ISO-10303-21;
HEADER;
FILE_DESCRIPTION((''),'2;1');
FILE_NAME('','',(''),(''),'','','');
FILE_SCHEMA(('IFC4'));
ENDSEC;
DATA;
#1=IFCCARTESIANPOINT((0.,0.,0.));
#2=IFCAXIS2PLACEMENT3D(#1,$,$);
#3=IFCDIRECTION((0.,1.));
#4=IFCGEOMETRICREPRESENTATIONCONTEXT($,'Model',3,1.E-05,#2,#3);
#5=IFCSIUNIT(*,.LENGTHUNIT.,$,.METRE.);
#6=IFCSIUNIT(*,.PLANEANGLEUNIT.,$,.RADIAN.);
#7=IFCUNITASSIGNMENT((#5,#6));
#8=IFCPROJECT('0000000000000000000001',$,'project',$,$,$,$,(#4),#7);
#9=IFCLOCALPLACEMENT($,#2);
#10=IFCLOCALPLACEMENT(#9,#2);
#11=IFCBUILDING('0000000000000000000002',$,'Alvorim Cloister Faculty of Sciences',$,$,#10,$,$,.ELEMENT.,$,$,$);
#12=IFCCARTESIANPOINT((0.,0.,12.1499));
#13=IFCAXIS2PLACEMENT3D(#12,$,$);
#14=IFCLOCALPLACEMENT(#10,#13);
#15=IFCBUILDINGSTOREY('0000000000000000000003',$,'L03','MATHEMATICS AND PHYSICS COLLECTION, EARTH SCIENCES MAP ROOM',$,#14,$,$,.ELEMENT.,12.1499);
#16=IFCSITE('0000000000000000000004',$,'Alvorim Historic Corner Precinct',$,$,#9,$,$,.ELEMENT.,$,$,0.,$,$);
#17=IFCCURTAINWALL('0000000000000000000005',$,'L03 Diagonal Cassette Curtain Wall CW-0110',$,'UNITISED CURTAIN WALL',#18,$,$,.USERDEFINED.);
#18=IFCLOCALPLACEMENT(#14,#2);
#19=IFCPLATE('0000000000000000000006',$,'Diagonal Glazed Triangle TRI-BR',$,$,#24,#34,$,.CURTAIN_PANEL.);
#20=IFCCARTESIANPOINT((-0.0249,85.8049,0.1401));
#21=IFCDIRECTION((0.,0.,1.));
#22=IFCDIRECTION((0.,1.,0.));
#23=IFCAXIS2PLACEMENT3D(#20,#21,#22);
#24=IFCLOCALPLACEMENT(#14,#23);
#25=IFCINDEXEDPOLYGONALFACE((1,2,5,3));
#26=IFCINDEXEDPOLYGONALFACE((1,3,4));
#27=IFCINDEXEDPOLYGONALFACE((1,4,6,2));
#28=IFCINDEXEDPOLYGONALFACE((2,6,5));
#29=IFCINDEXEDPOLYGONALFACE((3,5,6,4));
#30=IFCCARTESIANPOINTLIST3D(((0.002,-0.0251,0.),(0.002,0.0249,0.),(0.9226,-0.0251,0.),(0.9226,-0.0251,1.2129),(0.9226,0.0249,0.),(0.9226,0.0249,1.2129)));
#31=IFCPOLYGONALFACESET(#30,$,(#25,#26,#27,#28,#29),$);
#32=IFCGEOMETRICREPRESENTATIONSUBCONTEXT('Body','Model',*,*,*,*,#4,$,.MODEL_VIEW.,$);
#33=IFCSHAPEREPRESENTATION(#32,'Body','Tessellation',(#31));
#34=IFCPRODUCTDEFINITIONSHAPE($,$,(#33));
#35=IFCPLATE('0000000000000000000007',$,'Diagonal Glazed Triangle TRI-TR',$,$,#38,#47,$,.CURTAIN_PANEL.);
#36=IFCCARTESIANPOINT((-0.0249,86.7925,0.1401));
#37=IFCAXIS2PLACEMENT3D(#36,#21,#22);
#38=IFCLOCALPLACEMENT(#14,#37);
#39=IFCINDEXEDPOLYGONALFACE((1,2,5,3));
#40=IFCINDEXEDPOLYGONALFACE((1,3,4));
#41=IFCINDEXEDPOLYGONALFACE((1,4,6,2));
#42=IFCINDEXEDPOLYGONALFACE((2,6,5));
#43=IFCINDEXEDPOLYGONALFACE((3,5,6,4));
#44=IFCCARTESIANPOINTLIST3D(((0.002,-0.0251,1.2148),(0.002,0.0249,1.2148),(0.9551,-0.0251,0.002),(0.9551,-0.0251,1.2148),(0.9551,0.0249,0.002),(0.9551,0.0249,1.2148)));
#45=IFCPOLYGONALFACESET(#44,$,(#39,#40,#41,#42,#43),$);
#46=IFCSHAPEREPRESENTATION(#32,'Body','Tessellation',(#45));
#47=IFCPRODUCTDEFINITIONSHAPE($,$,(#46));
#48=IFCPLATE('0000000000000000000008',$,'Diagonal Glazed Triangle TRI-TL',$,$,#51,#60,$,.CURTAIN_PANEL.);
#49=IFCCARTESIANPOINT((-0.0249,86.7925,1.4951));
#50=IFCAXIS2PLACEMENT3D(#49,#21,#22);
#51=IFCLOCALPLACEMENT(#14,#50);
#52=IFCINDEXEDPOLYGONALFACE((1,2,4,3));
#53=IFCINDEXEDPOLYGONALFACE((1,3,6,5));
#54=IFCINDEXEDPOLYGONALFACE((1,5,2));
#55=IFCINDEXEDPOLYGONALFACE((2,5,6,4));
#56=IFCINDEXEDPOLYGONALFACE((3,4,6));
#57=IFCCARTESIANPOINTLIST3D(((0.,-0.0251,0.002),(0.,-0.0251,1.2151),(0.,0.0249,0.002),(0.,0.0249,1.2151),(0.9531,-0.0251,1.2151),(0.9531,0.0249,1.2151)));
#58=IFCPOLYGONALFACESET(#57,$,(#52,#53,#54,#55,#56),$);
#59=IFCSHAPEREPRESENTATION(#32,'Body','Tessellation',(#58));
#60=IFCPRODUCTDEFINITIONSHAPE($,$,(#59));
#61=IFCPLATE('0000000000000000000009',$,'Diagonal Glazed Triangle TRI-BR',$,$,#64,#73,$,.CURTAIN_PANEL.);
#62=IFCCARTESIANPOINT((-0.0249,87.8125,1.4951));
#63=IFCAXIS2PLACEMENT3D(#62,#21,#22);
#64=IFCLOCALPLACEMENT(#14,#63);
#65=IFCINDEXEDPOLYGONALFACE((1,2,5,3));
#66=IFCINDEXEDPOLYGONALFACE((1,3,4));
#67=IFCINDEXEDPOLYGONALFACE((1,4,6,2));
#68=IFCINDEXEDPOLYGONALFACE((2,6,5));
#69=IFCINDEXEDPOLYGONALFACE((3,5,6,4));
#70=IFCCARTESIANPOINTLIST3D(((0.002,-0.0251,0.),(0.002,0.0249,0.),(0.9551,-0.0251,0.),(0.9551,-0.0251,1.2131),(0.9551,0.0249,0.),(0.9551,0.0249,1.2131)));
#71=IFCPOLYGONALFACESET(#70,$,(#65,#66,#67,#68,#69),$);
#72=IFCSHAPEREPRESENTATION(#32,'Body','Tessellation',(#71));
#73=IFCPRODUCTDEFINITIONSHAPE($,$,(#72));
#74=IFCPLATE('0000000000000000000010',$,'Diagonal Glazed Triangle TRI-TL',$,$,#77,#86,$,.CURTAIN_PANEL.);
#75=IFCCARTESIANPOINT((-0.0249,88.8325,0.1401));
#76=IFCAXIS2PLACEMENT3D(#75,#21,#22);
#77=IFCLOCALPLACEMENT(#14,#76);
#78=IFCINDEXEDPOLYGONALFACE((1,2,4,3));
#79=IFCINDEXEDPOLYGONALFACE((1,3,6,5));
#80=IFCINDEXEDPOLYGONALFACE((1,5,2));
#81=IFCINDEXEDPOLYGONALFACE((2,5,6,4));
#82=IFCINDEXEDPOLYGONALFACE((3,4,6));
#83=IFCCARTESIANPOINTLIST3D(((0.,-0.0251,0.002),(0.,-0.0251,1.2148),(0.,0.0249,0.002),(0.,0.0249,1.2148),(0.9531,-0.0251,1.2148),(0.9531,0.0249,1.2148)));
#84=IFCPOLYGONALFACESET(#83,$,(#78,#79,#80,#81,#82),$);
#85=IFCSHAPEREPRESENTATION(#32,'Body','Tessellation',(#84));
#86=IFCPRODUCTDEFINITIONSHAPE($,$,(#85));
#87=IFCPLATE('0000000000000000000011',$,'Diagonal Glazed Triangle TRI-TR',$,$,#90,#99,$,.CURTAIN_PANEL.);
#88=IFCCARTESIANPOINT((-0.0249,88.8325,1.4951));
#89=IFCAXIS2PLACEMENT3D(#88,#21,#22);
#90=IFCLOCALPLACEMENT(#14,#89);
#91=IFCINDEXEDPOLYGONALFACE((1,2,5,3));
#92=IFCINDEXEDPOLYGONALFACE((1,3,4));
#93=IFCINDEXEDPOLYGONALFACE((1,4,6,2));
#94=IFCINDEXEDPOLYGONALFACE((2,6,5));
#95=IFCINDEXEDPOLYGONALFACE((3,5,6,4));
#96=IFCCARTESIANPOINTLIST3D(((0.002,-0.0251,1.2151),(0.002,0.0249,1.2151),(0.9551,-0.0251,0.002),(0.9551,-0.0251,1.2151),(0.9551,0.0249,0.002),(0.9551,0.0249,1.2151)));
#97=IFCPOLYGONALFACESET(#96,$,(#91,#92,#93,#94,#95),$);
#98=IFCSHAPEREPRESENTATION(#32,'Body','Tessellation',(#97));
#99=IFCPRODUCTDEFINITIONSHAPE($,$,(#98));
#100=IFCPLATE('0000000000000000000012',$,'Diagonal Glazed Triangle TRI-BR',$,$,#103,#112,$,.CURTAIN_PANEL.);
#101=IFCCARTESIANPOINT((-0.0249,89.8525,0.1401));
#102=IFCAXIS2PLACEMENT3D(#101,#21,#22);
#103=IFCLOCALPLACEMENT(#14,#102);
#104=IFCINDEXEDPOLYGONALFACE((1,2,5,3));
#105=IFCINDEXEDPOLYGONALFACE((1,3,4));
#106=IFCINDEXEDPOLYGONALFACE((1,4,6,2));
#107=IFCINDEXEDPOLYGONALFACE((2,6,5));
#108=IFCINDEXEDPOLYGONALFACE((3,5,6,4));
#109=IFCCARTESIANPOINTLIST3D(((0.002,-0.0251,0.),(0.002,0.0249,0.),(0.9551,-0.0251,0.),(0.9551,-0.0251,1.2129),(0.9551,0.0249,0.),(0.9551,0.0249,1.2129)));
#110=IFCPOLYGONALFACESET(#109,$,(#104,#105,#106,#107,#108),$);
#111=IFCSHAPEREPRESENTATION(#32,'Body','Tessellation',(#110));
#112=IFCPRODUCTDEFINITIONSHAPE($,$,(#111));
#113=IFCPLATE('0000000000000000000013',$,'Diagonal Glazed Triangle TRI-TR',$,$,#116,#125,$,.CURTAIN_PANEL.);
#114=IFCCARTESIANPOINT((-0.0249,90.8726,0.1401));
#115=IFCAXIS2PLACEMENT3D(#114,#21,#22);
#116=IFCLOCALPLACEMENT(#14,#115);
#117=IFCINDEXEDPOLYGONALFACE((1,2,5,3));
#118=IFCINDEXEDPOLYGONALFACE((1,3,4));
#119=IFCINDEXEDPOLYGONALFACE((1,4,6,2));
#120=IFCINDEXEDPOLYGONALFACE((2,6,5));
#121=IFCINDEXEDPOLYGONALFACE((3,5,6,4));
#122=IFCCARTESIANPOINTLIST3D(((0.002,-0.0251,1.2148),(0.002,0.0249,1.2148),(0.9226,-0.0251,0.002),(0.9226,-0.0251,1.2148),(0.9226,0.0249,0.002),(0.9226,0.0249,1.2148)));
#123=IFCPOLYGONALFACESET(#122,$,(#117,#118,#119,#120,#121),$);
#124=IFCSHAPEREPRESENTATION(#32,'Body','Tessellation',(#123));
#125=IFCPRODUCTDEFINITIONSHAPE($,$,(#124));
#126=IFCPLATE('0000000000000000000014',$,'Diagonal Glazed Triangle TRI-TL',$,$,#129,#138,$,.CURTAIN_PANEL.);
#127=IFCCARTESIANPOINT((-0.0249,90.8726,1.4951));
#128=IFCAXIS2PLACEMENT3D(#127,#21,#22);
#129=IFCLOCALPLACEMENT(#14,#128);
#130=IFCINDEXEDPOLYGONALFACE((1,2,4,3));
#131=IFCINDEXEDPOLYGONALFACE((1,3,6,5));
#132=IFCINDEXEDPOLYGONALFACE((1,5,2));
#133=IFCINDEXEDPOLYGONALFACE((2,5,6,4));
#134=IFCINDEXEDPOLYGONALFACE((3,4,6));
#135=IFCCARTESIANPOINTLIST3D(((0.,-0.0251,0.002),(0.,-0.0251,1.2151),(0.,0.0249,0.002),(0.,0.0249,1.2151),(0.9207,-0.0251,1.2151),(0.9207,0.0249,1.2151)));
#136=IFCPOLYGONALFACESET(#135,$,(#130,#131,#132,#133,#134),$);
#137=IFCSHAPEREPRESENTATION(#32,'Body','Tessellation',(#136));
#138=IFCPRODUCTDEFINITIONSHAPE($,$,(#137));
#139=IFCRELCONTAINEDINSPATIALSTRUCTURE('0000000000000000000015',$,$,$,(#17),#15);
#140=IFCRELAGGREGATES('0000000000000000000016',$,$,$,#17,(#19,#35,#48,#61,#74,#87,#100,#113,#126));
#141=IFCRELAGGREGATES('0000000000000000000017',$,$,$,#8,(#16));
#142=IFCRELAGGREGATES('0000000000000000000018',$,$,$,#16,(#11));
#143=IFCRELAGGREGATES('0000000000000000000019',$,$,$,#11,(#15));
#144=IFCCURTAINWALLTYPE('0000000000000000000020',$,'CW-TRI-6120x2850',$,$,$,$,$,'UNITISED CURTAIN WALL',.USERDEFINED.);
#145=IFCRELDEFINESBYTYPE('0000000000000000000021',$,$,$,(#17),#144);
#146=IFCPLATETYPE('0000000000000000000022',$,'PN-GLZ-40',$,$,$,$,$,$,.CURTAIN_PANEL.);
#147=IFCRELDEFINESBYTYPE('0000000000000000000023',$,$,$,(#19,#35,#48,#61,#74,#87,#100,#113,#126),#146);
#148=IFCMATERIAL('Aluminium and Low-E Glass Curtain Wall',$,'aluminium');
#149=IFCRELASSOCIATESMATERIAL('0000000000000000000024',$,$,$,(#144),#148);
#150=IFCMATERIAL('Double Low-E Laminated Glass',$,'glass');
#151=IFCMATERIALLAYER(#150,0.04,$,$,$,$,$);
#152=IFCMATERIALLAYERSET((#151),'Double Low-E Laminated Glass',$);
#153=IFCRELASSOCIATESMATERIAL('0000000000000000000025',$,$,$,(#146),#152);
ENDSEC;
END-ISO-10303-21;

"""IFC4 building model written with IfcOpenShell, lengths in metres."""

from ifc_helpers import new_model, si_unit, direction, frame, origin, place, context, subcontext, project, spatial, polyline, outline, extrude, material, layer, layer_set, type_object, element, aggregate, save


model = new_model("IFC4")

# Units and contexts
model_context = context("Model", 3, precision=1e-05, world=origin(), true_north=direction((0.0, 1.0)))
body_context = subcontext(model_context, "Body", "Model", "MODEL_VIEW")
ifc_project = project(units=[si_unit("LENGTHUNIT", "METRE"), si_unit("PLANEANGLEUNIT", "RADIAN")], contexts=[model_context])

# Site, building, storey
site_placement = place(None, origin())
site = spatial("IfcSite", under=ifc_project, at=site_placement, Name="Alvorim Historic Corner Precinct", CompositionType="ELEMENT", RefElevation=0.0)
building_placement = place(site_placement, origin())
building = spatial("IfcBuilding", under=site, at=building_placement, Name="Alvorim Cloister Faculty of Sciences", CompositionType="ELEMENT")
storey_placement = place(building_placement, frame((0.0, 0.0, 12.1499)))
storey = spatial("IfcBuildingStorey", under=building, at=storey_placement, Name="L03", Description="MATHEMATICS AND PHYSICS COLLECTION, EARTH SCIENCES MAP ROOM", CompositionType="ELEMENT", Elevation=12.1499)

# Curtain wall, plates
ifc_material_1 = material(Name="Aluminium and Low-E Glass Curtain Wall", Category="aluminium")
curtain_wall_type = type_object("IfcCurtainWallType", Name="CW-TRI-6120x2850", ElementType="UNITISED CURTAIN WALL", PredefinedType="USERDEFINED", material=ifc_material_1)
curtain_wall_placement = place(storey_placement, origin())
curtain_wall = element("IfcCurtainWall", 1, at=curtain_wall_placement, inside=storey, type_object=curtain_wall_type, Name="L03 Diagonal Cassette Curtain Wall CW-0110", ObjectType="UNITISED CURTAIN WALL", PredefinedType="USERDEFINED")
ifc_material_2 = material(Name="Double Low-E Laminated Glass", Category="glass")
ifc_layer_1 = layer(ifc_material_2, 0.04)
ifc_layer_set_1 = layer_set([ifc_layer_1], Name="Double Low-E Laminated Glass")
plate_type = type_object("IfcPlateType", Name="PN-GLZ-40", PredefinedType="CURTAIN_PANEL", material=ifc_layer_set_1)
plate_1_placement = place(storey_placement, frame((-0.0249, 85.8049, 0.1401), z_axis=(0.0, 0.0, 1.0), x_axis=(0.0, 1.0, 0.0)))
plate_1 = element("IfcPlate", 2, at=plate_1_placement, type_object=plate_type, Name="Diagonal Glazed Triangle TRI-BR", PredefinedType="CURTAIN_PANEL", context=body_context, shape_type="SweptSolid", body=[
    extrude(outline(polyline([(0.002, 0.0), (0.9226, 0.0), (0.9226, 1.2129), (0.002, 0.0)])), frame((0.0, 0.0249, 0.0), z_axis=(0.0, -1.0, 0.0), x_axis=(1.0, 0.0, 0.0)), (0.0, 0.0, 1.0), 0.05),
])
plate_2_placement = place(storey_placement, frame((-0.0249, 86.7925, 0.1401), z_axis=(0.0, 0.0, 1.0), x_axis=(0.0, 1.0, 0.0)))
plate_2 = element("IfcPlate", 3, at=plate_2_placement, type_object=plate_type, Name="Diagonal Glazed Triangle TRI-TR", PredefinedType="CURTAIN_PANEL", context=body_context, shape_type="SweptSolid", body=[
    extrude(outline(polyline([(0.9551, 0.002), (0.9551, 1.2148), (0.002, 1.2148), (0.9551, 0.002)])), frame((0.0, 0.0249, 0.0), z_axis=(0.0, -1.0, 0.0), x_axis=(1.0, 0.0, 0.0)), (0.0, 0.0, 1.0), 0.05),
])
plate_3_placement = place(storey_placement, frame((-0.0249, 86.7925, 1.4951), z_axis=(0.0, 0.0, 1.0), x_axis=(0.0, 1.0, 0.0)))
plate_3 = element("IfcPlate", 4, at=plate_3_placement, type_object=plate_type, Name="Diagonal Glazed Triangle TRI-TL", PredefinedType="CURTAIN_PANEL", context=body_context, shape_type="SweptSolid", body=[
    extrude(outline(polyline([(0.9531, 1.2151), (0.0, 1.2151), (0.0, 0.002), (0.9531, 1.2151)])), frame((0.0, 0.0249, 0.0), z_axis=(0.0, -1.0, 0.0), x_axis=(1.0, 0.0, 0.0)), (0.0, 0.0, 1.0), 0.05),
])
plate_4_placement = place(storey_placement, frame((-0.0249, 87.8125, 1.4951), z_axis=(0.0, 0.0, 1.0), x_axis=(0.0, 1.0, 0.0)))
plate_4 = element("IfcPlate", 5, at=plate_4_placement, type_object=plate_type, Name="Diagonal Glazed Triangle TRI-BR", PredefinedType="CURTAIN_PANEL", context=body_context, shape_type="SweptSolid", body=[
    extrude(outline(polyline([(0.002, 0.0), (0.9551, 0.0), (0.9551, 1.2131), (0.002, 0.0)])), frame((0.0, 0.0249, 0.0), z_axis=(0.0, -1.0, 0.0), x_axis=(1.0, 0.0, 0.0)), (0.0, 0.0, 1.0), 0.05),
])
plate_5_placement = place(storey_placement, frame((-0.0249, 88.8325, 0.1401), z_axis=(0.0, 0.0, 1.0), x_axis=(0.0, 1.0, 0.0)))
plate_5 = element("IfcPlate", 6, at=plate_5_placement, type_object=plate_type, Name="Diagonal Glazed Triangle TRI-TL", PredefinedType="CURTAIN_PANEL", context=body_context, shape_type="SweptSolid", body=[
    extrude(outline(polyline([(0.9531, 1.2148), (0.0, 1.2148), (0.0, 0.002), (0.9531, 1.2148)])), frame((0.0, 0.0249, 0.0), z_axis=(0.0, -1.0, 0.0), x_axis=(1.0, 0.0, 0.0)), (0.0, 0.0, 1.0), 0.05),
])
plate_6_placement = place(storey_placement, frame((-0.0249, 88.8325, 1.4951), z_axis=(0.0, 0.0, 1.0), x_axis=(0.0, 1.0, 0.0)))
plate_6 = element("IfcPlate", 7, at=plate_6_placement, type_object=plate_type, Name="Diagonal Glazed Triangle TRI-TR", PredefinedType="CURTAIN_PANEL", context=body_context, shape_type="SweptSolid", body=[
    extrude(outline(polyline([(0.9551, 0.002), (0.9551, 1.2151), (0.002, 1.2151), (0.9551, 0.002)])), frame((0.0, 0.0249, 0.0), z_axis=(0.0, -1.0, 0.0), x_axis=(1.0, 0.0, 0.0)), (0.0, 0.0, 1.0), 0.05),
])
plate_7_placement = place(storey_placement, frame((-0.0249, 89.8525, 0.1401), z_axis=(0.0, 0.0, 1.0), x_axis=(0.0, 1.0, 0.0)))
plate_7 = element("IfcPlate", 8, at=plate_7_placement, type_object=plate_type, Name="Diagonal Glazed Triangle TRI-BR", PredefinedType="CURTAIN_PANEL", context=body_context, shape_type="SweptSolid", body=[
    extrude(outline(polyline([(0.002, 0.0), (0.9551, 0.0), (0.9551, 1.2129), (0.002, 0.0)])), frame((0.0, 0.0249, 0.0), z_axis=(0.0, -1.0, 0.0), x_axis=(1.0, 0.0, 0.0)), (0.0, 0.0, 1.0), 0.05),
])
plate_8_placement = place(storey_placement, frame((-0.0249, 90.8726, 0.1401), z_axis=(0.0, 0.0, 1.0), x_axis=(0.0, 1.0, 0.0)))
plate_8 = element("IfcPlate", 9, at=plate_8_placement, type_object=plate_type, Name="Diagonal Glazed Triangle TRI-TR", PredefinedType="CURTAIN_PANEL", context=body_context, shape_type="SweptSolid", body=[
    extrude(outline(polyline([(0.9226, 0.002), (0.9226, 1.2148), (0.002, 1.2148), (0.9226, 0.002)])), frame((0.0, 0.0249, 0.0), z_axis=(0.0, -1.0, 0.0), x_axis=(1.0, 0.0, 0.0)), (0.0, 0.0, 1.0), 0.05),
])
plate_9_placement = place(storey_placement, frame((-0.0249, 90.8726, 1.4951), z_axis=(0.0, 0.0, 1.0), x_axis=(0.0, 1.0, 0.0)))
plate_9 = element("IfcPlate", 10, at=plate_9_placement, type_object=plate_type, Name="Diagonal Glazed Triangle TRI-TL", PredefinedType="CURTAIN_PANEL", context=body_context, shape_type="SweptSolid", body=[
    extrude(outline(polyline([(0.9207, 1.2151), (0.0, 1.2151), (0.0, 0.002), (0.9207, 1.2151)])), frame((0.0, 0.0249, 0.0), z_axis=(0.0, -1.0, 0.0), x_axis=(1.0, 0.0, 0.0)), (0.0, 0.0, 1.0), 0.05),
])
aggregate(curtain_wall, [plate_1, plate_2, plate_3, plate_4, plate_5, plate_6, plate_7, plate_8, plate_9])

save(model, "model.ifc")
